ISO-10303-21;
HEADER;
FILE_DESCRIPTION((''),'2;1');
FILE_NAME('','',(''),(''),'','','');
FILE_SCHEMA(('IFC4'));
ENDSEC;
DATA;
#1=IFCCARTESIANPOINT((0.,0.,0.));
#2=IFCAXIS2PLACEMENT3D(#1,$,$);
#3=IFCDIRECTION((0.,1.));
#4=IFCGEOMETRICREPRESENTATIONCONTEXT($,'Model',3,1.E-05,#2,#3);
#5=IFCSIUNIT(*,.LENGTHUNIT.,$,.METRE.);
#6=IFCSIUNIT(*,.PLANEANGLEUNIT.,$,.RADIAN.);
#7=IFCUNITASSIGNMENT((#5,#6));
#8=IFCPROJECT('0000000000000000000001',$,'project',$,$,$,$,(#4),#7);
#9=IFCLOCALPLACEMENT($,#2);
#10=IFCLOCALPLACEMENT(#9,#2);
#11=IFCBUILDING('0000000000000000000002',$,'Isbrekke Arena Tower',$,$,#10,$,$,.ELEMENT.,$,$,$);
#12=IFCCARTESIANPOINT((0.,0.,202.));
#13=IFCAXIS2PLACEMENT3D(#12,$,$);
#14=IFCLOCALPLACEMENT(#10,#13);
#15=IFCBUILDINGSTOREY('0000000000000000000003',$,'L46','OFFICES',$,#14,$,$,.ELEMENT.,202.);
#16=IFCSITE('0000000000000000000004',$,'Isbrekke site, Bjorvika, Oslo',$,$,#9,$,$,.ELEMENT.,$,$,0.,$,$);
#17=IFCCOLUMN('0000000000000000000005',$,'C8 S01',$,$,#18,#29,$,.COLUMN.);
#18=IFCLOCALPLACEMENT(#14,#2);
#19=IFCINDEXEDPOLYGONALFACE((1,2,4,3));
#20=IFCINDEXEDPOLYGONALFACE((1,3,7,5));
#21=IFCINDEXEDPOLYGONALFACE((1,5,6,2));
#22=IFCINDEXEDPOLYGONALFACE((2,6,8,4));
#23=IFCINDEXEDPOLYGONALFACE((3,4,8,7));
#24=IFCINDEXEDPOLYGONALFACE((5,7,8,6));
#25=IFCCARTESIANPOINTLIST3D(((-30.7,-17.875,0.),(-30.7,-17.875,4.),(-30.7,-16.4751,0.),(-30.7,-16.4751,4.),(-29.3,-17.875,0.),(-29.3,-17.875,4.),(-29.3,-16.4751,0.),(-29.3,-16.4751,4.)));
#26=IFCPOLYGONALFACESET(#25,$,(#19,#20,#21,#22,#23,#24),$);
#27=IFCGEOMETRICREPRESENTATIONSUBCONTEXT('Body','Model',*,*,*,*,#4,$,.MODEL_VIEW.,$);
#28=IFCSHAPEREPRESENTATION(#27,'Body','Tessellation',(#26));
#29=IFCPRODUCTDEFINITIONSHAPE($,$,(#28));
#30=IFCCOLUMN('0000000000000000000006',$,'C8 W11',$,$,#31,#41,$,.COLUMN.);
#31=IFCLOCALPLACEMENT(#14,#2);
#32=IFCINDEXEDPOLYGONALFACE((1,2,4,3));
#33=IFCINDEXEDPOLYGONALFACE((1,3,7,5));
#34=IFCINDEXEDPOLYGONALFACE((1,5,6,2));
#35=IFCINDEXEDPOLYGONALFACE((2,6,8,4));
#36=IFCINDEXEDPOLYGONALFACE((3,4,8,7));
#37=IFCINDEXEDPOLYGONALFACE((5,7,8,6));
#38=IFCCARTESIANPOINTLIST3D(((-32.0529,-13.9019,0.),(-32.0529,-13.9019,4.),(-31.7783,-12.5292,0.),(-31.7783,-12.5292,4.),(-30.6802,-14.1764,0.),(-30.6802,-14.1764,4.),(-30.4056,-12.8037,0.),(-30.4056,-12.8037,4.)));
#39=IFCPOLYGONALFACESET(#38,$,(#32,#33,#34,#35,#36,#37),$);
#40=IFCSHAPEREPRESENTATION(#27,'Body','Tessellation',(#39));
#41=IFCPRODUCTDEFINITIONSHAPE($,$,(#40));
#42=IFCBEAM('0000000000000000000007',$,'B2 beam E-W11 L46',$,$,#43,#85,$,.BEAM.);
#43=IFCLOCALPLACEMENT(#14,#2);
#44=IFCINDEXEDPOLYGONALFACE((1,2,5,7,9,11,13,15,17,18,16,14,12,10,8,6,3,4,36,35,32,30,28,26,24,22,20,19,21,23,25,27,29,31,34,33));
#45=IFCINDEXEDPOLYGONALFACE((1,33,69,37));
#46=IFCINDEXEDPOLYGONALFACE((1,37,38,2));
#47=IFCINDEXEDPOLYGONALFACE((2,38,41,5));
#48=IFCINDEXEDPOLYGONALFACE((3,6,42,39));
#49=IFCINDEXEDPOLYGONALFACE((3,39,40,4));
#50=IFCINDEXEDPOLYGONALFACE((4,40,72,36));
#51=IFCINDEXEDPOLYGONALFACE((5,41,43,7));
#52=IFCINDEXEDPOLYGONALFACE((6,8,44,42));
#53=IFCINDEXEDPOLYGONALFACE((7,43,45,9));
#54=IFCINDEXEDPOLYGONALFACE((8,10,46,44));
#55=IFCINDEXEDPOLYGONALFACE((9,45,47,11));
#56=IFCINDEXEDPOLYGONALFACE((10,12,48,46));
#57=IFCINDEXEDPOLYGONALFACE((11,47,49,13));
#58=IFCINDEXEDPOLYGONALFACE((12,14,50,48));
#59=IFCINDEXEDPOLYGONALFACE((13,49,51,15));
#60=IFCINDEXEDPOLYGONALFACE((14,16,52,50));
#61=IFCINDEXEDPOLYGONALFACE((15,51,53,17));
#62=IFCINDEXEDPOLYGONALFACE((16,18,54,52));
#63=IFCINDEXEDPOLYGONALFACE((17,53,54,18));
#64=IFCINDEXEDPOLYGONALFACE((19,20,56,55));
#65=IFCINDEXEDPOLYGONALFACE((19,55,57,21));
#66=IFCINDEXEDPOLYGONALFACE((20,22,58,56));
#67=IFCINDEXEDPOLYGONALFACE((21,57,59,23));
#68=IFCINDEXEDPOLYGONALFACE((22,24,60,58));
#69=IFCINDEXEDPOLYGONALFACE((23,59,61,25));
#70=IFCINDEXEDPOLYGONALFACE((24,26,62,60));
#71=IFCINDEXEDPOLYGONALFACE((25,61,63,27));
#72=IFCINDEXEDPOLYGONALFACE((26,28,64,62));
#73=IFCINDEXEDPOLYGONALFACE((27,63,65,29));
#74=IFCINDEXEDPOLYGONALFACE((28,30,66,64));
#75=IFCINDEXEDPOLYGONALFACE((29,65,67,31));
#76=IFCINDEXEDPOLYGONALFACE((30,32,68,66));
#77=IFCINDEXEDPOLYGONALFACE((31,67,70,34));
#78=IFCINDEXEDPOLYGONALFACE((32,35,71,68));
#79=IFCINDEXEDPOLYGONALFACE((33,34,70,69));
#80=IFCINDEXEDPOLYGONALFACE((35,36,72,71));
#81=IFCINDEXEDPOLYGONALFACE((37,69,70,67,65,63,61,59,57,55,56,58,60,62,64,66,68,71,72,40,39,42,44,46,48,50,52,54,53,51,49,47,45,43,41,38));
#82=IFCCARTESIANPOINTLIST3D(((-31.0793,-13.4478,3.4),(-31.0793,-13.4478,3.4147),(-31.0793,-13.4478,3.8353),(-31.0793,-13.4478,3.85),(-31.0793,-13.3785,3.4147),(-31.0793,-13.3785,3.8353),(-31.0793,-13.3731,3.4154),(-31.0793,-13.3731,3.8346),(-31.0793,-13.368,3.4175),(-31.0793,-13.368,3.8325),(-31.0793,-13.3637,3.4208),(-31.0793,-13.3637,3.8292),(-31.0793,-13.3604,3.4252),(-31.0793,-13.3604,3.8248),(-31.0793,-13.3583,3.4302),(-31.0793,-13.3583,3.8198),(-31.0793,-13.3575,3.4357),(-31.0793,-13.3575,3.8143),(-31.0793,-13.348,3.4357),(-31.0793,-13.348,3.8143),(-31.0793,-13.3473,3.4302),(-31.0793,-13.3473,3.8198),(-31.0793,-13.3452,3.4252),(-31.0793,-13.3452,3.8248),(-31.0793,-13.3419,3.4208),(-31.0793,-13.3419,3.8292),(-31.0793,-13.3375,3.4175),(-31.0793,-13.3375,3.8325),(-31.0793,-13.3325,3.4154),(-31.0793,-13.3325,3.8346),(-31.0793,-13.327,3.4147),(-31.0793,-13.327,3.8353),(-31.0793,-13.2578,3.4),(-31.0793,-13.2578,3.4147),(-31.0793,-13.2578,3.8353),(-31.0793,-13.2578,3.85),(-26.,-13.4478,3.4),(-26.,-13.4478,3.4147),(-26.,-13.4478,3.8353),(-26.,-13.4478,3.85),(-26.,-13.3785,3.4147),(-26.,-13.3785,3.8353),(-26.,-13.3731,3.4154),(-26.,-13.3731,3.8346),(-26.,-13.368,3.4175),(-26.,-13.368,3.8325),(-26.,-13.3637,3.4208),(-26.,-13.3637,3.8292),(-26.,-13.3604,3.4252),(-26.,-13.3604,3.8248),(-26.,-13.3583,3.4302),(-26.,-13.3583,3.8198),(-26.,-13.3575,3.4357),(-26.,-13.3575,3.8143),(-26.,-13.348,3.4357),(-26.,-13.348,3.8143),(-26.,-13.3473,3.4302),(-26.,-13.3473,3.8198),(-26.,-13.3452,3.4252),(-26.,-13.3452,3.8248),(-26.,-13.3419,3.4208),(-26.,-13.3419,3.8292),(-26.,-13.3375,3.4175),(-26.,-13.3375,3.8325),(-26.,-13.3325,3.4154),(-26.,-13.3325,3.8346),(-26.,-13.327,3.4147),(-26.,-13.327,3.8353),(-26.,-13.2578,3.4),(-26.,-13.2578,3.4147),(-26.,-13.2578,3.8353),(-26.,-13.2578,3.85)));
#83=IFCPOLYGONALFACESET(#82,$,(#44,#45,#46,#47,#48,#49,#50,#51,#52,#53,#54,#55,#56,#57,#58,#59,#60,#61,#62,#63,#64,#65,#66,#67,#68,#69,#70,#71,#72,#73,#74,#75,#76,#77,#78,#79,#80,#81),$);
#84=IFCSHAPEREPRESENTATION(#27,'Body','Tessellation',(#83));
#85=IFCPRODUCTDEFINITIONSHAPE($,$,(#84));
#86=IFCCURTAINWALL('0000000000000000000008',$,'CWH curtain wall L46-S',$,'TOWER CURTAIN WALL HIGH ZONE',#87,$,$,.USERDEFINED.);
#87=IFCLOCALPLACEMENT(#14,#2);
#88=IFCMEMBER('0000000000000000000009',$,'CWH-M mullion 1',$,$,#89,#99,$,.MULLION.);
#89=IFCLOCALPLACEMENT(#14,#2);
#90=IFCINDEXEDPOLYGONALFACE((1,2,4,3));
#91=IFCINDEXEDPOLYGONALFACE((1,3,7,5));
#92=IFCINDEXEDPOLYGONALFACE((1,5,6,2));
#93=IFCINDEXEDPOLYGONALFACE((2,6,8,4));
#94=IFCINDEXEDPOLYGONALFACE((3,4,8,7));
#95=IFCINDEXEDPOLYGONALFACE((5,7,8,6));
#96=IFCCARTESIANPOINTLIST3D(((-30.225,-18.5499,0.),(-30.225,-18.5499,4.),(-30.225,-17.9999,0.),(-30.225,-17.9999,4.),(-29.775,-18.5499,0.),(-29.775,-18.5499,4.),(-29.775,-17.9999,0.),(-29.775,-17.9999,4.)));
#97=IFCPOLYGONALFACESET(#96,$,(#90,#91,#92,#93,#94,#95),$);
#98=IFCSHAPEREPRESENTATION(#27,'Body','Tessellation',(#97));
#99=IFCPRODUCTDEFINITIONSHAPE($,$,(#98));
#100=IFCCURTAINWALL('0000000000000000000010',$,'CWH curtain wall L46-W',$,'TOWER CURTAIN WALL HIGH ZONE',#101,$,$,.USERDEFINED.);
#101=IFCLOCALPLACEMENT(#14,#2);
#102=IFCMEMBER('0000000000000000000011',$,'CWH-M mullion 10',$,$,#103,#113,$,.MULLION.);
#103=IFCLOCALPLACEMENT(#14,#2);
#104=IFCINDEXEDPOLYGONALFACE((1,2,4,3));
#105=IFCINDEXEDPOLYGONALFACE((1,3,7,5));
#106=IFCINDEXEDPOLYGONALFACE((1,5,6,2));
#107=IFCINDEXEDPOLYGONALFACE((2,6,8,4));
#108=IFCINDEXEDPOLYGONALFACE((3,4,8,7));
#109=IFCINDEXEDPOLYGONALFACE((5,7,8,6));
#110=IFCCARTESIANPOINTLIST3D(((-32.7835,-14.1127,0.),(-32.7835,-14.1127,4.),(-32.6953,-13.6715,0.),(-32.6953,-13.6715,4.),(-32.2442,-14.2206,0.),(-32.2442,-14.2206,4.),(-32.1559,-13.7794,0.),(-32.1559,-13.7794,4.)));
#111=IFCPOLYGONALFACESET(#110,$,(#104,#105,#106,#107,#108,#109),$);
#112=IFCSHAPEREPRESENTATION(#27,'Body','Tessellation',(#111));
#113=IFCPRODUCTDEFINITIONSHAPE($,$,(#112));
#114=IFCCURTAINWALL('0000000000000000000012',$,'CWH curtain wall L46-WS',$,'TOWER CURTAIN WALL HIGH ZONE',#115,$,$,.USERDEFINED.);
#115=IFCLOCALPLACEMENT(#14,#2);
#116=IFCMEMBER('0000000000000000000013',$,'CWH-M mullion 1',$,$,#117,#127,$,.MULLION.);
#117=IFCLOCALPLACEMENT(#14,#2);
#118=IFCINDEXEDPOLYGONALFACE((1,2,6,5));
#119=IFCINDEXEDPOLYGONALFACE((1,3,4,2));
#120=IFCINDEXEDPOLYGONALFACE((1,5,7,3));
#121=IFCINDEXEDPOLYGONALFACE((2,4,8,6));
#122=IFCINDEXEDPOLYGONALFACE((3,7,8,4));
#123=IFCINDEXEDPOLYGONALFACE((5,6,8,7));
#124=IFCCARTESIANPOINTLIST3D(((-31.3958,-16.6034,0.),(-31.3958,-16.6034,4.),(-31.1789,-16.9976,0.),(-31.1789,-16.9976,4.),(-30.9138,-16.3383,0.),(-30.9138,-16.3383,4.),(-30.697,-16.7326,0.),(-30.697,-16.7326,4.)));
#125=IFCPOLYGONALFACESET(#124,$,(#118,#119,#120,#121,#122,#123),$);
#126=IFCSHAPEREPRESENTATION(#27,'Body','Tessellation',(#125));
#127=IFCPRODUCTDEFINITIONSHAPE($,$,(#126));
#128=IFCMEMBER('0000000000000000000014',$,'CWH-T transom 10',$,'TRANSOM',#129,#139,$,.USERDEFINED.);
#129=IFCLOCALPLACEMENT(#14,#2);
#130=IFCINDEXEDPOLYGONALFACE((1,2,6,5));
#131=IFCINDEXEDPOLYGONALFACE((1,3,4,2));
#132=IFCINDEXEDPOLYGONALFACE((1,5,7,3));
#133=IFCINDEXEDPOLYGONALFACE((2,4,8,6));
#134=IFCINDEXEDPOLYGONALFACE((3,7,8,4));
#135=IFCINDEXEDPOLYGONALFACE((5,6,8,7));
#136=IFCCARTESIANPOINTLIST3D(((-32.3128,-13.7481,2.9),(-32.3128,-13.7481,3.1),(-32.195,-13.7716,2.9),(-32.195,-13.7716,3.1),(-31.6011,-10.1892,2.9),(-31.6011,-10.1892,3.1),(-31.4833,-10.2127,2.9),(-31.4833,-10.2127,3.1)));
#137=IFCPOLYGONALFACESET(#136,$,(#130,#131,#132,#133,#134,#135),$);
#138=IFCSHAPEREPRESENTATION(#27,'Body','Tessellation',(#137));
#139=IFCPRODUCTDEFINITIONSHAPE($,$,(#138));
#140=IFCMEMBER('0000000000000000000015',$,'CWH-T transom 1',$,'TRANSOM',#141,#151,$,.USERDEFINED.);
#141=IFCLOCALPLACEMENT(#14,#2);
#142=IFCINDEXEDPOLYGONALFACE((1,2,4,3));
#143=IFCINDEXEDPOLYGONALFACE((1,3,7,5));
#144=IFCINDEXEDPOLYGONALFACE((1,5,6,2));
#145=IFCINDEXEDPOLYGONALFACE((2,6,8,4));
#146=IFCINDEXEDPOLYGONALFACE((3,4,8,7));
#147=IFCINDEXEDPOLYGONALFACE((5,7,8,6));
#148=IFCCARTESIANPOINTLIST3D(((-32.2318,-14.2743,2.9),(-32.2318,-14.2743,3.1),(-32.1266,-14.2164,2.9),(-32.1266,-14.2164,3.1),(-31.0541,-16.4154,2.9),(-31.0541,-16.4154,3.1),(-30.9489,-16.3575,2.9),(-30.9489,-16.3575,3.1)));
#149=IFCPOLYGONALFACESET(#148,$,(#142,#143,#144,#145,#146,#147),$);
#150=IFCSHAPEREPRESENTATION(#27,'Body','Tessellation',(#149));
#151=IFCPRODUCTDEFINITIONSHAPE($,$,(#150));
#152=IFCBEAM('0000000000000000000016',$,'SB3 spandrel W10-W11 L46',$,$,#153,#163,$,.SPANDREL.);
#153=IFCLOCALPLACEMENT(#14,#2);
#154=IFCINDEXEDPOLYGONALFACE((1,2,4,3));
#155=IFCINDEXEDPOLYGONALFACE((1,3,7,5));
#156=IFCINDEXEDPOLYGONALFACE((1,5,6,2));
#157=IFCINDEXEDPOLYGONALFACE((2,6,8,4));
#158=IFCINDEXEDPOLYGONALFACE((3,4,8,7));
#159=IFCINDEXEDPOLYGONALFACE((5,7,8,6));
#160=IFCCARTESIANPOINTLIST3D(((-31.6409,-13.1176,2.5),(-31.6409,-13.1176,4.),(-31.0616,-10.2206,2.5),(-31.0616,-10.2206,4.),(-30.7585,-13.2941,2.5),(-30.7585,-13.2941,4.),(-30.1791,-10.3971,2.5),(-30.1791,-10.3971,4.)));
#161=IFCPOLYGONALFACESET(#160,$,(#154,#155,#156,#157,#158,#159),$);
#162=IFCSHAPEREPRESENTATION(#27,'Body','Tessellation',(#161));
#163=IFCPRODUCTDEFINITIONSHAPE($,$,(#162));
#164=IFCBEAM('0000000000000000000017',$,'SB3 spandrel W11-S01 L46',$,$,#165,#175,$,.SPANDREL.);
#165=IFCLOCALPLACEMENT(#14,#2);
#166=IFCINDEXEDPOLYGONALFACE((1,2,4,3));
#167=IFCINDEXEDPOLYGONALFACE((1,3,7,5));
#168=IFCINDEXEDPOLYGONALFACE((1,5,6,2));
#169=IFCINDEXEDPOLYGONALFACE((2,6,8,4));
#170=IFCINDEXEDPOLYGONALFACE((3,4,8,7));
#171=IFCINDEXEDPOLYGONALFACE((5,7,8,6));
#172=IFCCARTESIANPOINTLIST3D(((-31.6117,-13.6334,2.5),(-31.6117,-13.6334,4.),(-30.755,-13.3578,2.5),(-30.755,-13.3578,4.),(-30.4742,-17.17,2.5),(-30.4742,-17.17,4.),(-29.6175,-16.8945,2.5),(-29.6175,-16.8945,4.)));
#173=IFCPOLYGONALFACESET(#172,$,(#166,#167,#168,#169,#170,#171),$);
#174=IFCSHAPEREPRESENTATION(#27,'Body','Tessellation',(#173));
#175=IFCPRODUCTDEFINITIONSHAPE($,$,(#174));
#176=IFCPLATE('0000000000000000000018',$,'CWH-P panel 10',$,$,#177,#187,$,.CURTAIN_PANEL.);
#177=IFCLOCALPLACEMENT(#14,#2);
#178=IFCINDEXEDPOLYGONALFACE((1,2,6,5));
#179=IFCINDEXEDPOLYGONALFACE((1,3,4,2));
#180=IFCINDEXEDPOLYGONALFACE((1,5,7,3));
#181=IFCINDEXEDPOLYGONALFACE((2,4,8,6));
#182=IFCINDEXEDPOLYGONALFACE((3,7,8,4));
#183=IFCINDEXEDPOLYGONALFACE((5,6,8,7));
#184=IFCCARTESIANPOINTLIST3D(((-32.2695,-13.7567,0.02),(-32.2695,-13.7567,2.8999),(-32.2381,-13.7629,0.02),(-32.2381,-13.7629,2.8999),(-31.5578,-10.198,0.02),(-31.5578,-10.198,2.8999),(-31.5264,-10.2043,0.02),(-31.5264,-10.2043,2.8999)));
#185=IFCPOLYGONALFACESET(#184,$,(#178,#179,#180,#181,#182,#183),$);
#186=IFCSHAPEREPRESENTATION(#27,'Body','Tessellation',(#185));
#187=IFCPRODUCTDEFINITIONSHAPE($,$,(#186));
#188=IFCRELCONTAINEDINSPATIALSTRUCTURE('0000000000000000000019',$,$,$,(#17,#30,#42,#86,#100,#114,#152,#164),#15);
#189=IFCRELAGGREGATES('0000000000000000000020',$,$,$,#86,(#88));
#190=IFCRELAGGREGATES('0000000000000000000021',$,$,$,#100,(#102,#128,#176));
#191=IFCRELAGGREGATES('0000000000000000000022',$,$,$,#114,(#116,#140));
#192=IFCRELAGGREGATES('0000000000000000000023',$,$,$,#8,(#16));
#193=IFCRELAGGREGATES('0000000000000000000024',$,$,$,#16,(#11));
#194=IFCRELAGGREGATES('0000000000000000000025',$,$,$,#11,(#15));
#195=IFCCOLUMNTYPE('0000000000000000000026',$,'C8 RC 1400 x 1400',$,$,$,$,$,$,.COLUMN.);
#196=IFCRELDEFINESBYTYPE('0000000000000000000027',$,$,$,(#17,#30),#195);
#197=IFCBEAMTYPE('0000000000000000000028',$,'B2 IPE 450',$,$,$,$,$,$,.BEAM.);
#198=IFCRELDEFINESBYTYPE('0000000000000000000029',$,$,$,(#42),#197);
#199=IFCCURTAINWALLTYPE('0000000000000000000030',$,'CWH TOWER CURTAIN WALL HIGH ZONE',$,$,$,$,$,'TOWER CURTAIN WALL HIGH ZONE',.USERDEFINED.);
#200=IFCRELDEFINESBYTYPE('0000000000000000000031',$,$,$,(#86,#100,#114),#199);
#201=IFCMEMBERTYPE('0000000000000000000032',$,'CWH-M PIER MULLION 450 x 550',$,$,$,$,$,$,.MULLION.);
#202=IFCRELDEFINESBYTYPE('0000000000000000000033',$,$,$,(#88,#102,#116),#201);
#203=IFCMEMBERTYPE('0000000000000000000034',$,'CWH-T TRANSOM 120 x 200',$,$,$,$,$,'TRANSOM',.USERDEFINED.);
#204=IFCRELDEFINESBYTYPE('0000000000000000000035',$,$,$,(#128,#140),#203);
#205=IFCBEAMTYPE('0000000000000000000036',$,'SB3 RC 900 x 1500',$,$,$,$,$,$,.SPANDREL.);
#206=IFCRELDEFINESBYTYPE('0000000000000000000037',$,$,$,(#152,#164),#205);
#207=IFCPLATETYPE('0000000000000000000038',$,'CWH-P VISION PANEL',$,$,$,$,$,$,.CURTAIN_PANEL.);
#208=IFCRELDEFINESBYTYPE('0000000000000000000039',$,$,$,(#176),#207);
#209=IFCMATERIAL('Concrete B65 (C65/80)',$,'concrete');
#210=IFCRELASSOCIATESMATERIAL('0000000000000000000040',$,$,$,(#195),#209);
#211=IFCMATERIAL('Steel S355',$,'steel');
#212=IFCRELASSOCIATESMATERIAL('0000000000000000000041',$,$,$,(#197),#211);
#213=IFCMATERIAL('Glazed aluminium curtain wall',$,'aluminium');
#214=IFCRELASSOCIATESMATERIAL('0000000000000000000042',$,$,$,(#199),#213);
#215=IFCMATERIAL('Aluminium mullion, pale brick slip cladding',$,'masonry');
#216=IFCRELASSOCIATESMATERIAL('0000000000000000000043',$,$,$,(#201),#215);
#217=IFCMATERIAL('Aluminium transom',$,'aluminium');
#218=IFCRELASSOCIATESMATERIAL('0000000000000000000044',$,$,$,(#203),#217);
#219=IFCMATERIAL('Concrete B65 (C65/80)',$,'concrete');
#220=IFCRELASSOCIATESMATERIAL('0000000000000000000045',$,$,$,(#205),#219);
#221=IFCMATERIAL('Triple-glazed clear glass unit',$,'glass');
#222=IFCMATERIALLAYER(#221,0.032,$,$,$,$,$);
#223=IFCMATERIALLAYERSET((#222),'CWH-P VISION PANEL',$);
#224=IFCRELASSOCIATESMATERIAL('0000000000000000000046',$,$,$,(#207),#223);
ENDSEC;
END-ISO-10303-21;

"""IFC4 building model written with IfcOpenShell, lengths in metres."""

from ifc_helpers import new_model, si_unit, direction, frame, origin, origin_2d, place, context, subcontext, project, spatial, rectangle, i_section, extrude, material, layer, layer_set, material_profile, profile_set, type_object, element, aggregate, save


model = new_model("IFC4")

# Units and contexts
model_context = context("Model", 3, precision=1e-05, world=origin(), true_north=direction((0.0, 1.0)))
body_context = subcontext(model_context, "Body", "Model", "MODEL_VIEW")
ifc_project = project(units=[si_unit("LENGTHUNIT", "METRE"), si_unit("PLANEANGLEUNIT", "RADIAN")], contexts=[model_context])

# Site, building, storey
site_placement = place(None, origin())
site = spatial("IfcSite", under=ifc_project, at=site_placement, Name="Isbrekke site, Bjorvika, Oslo", CompositionType="ELEMENT", RefElevation=0.0)
building_placement = place(site_placement, origin())
building = spatial("IfcBuilding", under=site, at=building_placement, Name="Isbrekke Arena Tower", CompositionType="ELEMENT")
storey_placement = place(building_placement, frame((0.0, 0.0, 202.0)))
storey = spatial("IfcBuildingStorey", under=building, at=storey_placement, Name="L46", Description="OFFICES", CompositionType="ELEMENT", Elevation=202.0)

# Columns
ifc_material_1 = material(Name="Concrete B65 (C65/80)", Category="concrete")
ifc_material_profile_1 = material_profile(ifc_material_1, rectangle(XDim=1.3999, YDim=1.3999, at=origin_2d()), Name="RC 1400x1400")
ifc_profile_set_1 = profile_set([ifc_material_profile_1], Name="Concrete B65 (C65/80)")
column_type = type_object("IfcColumnType", Name="C8 RC 1400 x 1400", PredefinedType="COLUMN", material=ifc_profile_set_1)
for number, where, z_axis, x_axis, name in (
    (1, (-30.0, -17.175, 0.0), (0.0, 0.0, 1.0), (1.0, 0.0, 0.0), "C8 S01"),
    (2, (-31.2292, -13.3528, 0.0), (0.0, 0.0, 1.0), (-0.196116, -0.980581, 0.0), "C8 W11"),
):
    element("IfcColumn", number, at=place(storey_placement, frame(where, z_axis=z_axis, x_axis=x_axis)), inside=storey, type_object=column_type, Name=name, PredefinedType="COLUMN", context=body_context, shape_type="SweptSolid", body=[
        extrude(rectangle(XDim=1.3999, YDim=1.3999, at=origin_2d()), origin(), (0.0, 0.0, 1.0), 4.0),
    ])

# Beam
ifc_material_2 = material(Name="Steel S355", Category="steel")
ifc_material_profile_2 = material_profile(ifc_material_2, i_section(OverallWidth=0.1899, OverallDepth=0.45, WebThickness=0.0095, FlangeThickness=0.0146, FilletRadius=0.021, at=origin_2d()), Name="IPE 450")
ifc_profile_set_2 = profile_set([ifc_material_profile_2], Name="Steel S355")
beam_type_1 = type_object("IfcBeamType", Name="B2 IPE 450", PredefinedType="BEAM", material=ifc_profile_set_2)
beam_1_placement = place(storey_placement, frame((-31.0793, -13.3528, 3.625), z_axis=(1.0, 0.0, 0.0), x_axis=(0.0, 1.0, 0.0)))
element("IfcBeam", 3, at=beam_1_placement, inside=storey, type_object=beam_type_1, Name="B2 beam E-W11 L46", PredefinedType="BEAM", context=body_context, shape_type="SweptSolid", body=[
    extrude(i_section(OverallWidth=0.1899, OverallDepth=0.45, WebThickness=0.0095, FlangeThickness=0.0146, FilletRadius=0.021, at=origin_2d()), origin(), (0.0, 0.0, 1.0), 5.0793),
])

# Curtain walls, members
ifc_material_3 = material(Name="Glazed aluminium curtain wall", Category="aluminium")
curtain_wall_type = type_object("IfcCurtainWallType", Name="CWH TOWER CURTAIN WALL HIGH ZONE", ElementType="TOWER CURTAIN WALL HIGH ZONE", PredefinedType="USERDEFINED", material=ifc_material_3)
curtain_wall_1_placement = place(storey_placement, origin())
curtain_wall_1 = element("IfcCurtainWall", 4, at=curtain_wall_1_placement, inside=storey, type_object=curtain_wall_type, Name="CWH curtain wall L46-S", ObjectType="TOWER CURTAIN WALL HIGH ZONE", PredefinedType="USERDEFINED")
ifc_material_4 = material(Name="Aluminium mullion, pale brick slip cladding", Category="masonry")
ifc_material_profile_3 = material_profile(ifc_material_4, rectangle(XDim=0.45, YDim=0.55, at=origin_2d()), Name="PIER 450X550")
ifc_profile_set_3 = profile_set([ifc_material_profile_3], Name="Aluminium mullion, pale brick slip cladding")
member_type_1 = type_object("IfcMemberType", Name="CWH-M PIER MULLION 450 x 550", PredefinedType="MULLION", material=ifc_profile_set_3)
member_1_placement = place(storey_placement, frame((-30.0, -18.2749, 0.0), z_axis=(0.0, 0.0, 1.0), x_axis=(1.0, 0.0, 0.0)))
member_1 = element("IfcMember", 5, at=member_1_placement, type_object=member_type_1, Name="CWH-M mullion 1", PredefinedType="MULLION", context=body_context, shape_type="SweptSolid", body=[
    extrude(rectangle(XDim=0.45, YDim=0.55, at=origin_2d()), origin(), (0.0, 0.0, 1.0), 4.0),
])
aggregate(curtain_wall_1, [member_1])
curtain_wall_2_placement = place(storey_placement, origin())
curtain_wall_2 = element("IfcCurtainWall", 6, at=curtain_wall_2_placement, inside=storey, type_object=curtain_wall_type, Name="CWH curtain wall L46-W", ObjectType="TOWER CURTAIN WALL HIGH ZONE", PredefinedType="USERDEFINED")
member_2_placement = place(storey_placement, frame((-32.4697, -13.946, 0.0), z_axis=(0.0, 0.0, 1.0), x_axis=(-0.196116, -0.980581, 0.0)))
member_2 = element("IfcMember", 7, at=member_2_placement, type_object=member_type_1, Name="CWH-M mullion 10", PredefinedType="MULLION", context=body_context, shape_type="SweptSolid", body=[
    extrude(rectangle(XDim=0.45, YDim=0.55, at=origin_2d()), origin(), (0.0, 0.0, 1.0), 4.0),
])
curtain_wall_3_placement = place(storey_placement, origin())
curtain_wall_3 = element("IfcCurtainWall", 8, at=curtain_wall_3_placement, inside=storey, type_object=curtain_wall_type, Name="CWH curtain wall L46-WS", ObjectType="TOWER CURTAIN WALL HIGH ZONE", PredefinedType="USERDEFINED")
member_3_placement = place(storey_placement, frame((-31.0464, -16.668, 0.0), z_axis=(0.0, 0.0, 1.0), x_axis=(0.481919, -0.876216, 0.0)))
member_3 = element("IfcMember", 9, at=member_3_placement, type_object=member_type_1, Name="CWH-M mullion 1", PredefinedType="MULLION", context=body_context, shape_type="SweptSolid", body=[
    extrude(rectangle(XDim=0.45, YDim=0.55, at=origin_2d()), origin(), (0.0, 0.0, 1.0), 4.0),
])

# Members
ifc_material_5 = material(Name="Aluminium transom", Category="aluminium")
ifc_material_profile_4 = material_profile(ifc_material_5, rectangle(XDim=0.1201, YDim=0.2, at=origin_2d()), Name="TRANSOM 120X200")
ifc_profile_set_4 = profile_set([ifc_material_profile_4], Name="Aluminium transom")
member_type_2 = type_object("IfcMemberType", Name="CWH-T TRANSOM 120 x 200", ElementType="TRANSOM", PredefinedType="USERDEFINED", material=ifc_profile_set_4)
member_4_placement = place(storey_placement, frame((-31.5422, -10.2009, 3.0), z_axis=(-0.19609, -0.980586, 0.0), x_axis=(0.980586, -0.19609, 0.0)))
member_4 = element("IfcMember", 10, at=member_4_placement, type_object=member_type_2, Name="CWH-T transom 10", ObjectType="TRANSOM", PredefinedType="USERDEFINED", context=body_context, shape_type="SweptSolid", body=[
    extrude(rectangle(XDim=0.1201, YDim=0.2, at=origin_2d()), origin(), (0.0, 0.0, 1.0), 3.6294),
])
member_5_placement = place(storey_placement, frame((-32.1792, -14.2454, 3.0), z_axis=(0.481957, -0.876195, 0.0), x_axis=(0.876195, 0.481957, 0.0)))
member_5 = element("IfcMember", 11, at=member_5_placement, type_object=member_type_2, Name="CWH-T transom 1", ObjectType="TRANSOM", PredefinedType="USERDEFINED", context=body_context, shape_type="SweptSolid", body=[
    extrude(rectangle(XDim=0.1201, YDim=0.2, at=origin_2d()), origin(), (0.0, 0.0, 1.0), 2.4436),
])

# Beams
ifc_material_6 = material(Name="Concrete B65 (C65/80)", Category="concrete")
ifc_material_profile_5 = material_profile(ifc_material_6, rectangle(XDim=0.8999, YDim=1.5, at=origin_2d()), Name="RC 900x1500")
ifc_profile_set_5 = profile_set([ifc_material_profile_5], Name="Concrete B65 (C65/80)")
beam_type_2 = type_object("IfcBeamType", Name="SB3 RC 900 x 1500", PredefinedType="SPANDREL", material=ifc_profile_set_5)
beam_2_placement = place(storey_placement, frame((-30.6204, -10.3088, 3.25), z_axis=(-0.1961, -0.980584, 0.0), x_axis=(0.980584, -0.1961, 0.0)))
element("IfcBeam", 12, at=beam_2_placement, inside=storey, type_object=beam_type_2, Name="SB3 spandrel W10-W11 L46", PredefinedType="SPANDREL", context=body_context, shape_type="SweptSolid", body=[
    extrude(rectangle(XDim=0.8999, YDim=1.5, at=origin_2d()), origin(), (0.0, 0.0, 1.0), 2.9543),
])
beam_3_placement = place(storey_placement, frame((-31.1833, -13.4956, 3.25), z_axis=(0.306175, -0.951975, 0.0), x_axis=(0.951975, 0.306175, 0.0)))
element("IfcBeam", 13, at=beam_3_placement, inside=storey, type_object=beam_type_2, Name="SB3 spandrel W11-S01 L46", PredefinedType="SPANDREL", context=body_context, shape_type="SweptSolid", body=[
    extrude(rectangle(XDim=0.8999, YDim=1.5, at=origin_2d()), origin(), (0.0, 0.0, 1.0), 3.7151),
])

# Plate
ifc_material_7 = material(Name="Triple-glazed clear glass unit", Category="glass")
ifc_layer = layer(ifc_material_7, 0.032)
ifc_layer_set = layer_set([ifc_layer], Name="CWH-P VISION PANEL")
plate_type = type_object("IfcPlateType", Name="CWH-P VISION PANEL", PredefinedType="CURTAIN_PANEL", material=ifc_layer_set)
plate_1_placement = place(storey_placement, frame((-31.8979, -11.9805, 0.02), z_axis=(0.0, 0.0, 1.0), x_axis=(-0.196116, -0.980581, 0.0)))
plate_1 = element("IfcPlate", 14, at=plate_1_placement, type_object=plate_type, Name="CWH-P panel 10", PredefinedType="CURTAIN_PANEL", context=body_context, shape_type="SweptSolid", body=[
    extrude(rectangle(XDim=3.6292, YDim=0.032, at=origin_2d()), origin(), (0.0, 0.0, 1.0), 2.8799),
])
aggregate(curtain_wall_2, [member_2, member_4, plate_1])
aggregate(curtain_wall_3, [member_3, member_5])

save(model, "model.ifc")
